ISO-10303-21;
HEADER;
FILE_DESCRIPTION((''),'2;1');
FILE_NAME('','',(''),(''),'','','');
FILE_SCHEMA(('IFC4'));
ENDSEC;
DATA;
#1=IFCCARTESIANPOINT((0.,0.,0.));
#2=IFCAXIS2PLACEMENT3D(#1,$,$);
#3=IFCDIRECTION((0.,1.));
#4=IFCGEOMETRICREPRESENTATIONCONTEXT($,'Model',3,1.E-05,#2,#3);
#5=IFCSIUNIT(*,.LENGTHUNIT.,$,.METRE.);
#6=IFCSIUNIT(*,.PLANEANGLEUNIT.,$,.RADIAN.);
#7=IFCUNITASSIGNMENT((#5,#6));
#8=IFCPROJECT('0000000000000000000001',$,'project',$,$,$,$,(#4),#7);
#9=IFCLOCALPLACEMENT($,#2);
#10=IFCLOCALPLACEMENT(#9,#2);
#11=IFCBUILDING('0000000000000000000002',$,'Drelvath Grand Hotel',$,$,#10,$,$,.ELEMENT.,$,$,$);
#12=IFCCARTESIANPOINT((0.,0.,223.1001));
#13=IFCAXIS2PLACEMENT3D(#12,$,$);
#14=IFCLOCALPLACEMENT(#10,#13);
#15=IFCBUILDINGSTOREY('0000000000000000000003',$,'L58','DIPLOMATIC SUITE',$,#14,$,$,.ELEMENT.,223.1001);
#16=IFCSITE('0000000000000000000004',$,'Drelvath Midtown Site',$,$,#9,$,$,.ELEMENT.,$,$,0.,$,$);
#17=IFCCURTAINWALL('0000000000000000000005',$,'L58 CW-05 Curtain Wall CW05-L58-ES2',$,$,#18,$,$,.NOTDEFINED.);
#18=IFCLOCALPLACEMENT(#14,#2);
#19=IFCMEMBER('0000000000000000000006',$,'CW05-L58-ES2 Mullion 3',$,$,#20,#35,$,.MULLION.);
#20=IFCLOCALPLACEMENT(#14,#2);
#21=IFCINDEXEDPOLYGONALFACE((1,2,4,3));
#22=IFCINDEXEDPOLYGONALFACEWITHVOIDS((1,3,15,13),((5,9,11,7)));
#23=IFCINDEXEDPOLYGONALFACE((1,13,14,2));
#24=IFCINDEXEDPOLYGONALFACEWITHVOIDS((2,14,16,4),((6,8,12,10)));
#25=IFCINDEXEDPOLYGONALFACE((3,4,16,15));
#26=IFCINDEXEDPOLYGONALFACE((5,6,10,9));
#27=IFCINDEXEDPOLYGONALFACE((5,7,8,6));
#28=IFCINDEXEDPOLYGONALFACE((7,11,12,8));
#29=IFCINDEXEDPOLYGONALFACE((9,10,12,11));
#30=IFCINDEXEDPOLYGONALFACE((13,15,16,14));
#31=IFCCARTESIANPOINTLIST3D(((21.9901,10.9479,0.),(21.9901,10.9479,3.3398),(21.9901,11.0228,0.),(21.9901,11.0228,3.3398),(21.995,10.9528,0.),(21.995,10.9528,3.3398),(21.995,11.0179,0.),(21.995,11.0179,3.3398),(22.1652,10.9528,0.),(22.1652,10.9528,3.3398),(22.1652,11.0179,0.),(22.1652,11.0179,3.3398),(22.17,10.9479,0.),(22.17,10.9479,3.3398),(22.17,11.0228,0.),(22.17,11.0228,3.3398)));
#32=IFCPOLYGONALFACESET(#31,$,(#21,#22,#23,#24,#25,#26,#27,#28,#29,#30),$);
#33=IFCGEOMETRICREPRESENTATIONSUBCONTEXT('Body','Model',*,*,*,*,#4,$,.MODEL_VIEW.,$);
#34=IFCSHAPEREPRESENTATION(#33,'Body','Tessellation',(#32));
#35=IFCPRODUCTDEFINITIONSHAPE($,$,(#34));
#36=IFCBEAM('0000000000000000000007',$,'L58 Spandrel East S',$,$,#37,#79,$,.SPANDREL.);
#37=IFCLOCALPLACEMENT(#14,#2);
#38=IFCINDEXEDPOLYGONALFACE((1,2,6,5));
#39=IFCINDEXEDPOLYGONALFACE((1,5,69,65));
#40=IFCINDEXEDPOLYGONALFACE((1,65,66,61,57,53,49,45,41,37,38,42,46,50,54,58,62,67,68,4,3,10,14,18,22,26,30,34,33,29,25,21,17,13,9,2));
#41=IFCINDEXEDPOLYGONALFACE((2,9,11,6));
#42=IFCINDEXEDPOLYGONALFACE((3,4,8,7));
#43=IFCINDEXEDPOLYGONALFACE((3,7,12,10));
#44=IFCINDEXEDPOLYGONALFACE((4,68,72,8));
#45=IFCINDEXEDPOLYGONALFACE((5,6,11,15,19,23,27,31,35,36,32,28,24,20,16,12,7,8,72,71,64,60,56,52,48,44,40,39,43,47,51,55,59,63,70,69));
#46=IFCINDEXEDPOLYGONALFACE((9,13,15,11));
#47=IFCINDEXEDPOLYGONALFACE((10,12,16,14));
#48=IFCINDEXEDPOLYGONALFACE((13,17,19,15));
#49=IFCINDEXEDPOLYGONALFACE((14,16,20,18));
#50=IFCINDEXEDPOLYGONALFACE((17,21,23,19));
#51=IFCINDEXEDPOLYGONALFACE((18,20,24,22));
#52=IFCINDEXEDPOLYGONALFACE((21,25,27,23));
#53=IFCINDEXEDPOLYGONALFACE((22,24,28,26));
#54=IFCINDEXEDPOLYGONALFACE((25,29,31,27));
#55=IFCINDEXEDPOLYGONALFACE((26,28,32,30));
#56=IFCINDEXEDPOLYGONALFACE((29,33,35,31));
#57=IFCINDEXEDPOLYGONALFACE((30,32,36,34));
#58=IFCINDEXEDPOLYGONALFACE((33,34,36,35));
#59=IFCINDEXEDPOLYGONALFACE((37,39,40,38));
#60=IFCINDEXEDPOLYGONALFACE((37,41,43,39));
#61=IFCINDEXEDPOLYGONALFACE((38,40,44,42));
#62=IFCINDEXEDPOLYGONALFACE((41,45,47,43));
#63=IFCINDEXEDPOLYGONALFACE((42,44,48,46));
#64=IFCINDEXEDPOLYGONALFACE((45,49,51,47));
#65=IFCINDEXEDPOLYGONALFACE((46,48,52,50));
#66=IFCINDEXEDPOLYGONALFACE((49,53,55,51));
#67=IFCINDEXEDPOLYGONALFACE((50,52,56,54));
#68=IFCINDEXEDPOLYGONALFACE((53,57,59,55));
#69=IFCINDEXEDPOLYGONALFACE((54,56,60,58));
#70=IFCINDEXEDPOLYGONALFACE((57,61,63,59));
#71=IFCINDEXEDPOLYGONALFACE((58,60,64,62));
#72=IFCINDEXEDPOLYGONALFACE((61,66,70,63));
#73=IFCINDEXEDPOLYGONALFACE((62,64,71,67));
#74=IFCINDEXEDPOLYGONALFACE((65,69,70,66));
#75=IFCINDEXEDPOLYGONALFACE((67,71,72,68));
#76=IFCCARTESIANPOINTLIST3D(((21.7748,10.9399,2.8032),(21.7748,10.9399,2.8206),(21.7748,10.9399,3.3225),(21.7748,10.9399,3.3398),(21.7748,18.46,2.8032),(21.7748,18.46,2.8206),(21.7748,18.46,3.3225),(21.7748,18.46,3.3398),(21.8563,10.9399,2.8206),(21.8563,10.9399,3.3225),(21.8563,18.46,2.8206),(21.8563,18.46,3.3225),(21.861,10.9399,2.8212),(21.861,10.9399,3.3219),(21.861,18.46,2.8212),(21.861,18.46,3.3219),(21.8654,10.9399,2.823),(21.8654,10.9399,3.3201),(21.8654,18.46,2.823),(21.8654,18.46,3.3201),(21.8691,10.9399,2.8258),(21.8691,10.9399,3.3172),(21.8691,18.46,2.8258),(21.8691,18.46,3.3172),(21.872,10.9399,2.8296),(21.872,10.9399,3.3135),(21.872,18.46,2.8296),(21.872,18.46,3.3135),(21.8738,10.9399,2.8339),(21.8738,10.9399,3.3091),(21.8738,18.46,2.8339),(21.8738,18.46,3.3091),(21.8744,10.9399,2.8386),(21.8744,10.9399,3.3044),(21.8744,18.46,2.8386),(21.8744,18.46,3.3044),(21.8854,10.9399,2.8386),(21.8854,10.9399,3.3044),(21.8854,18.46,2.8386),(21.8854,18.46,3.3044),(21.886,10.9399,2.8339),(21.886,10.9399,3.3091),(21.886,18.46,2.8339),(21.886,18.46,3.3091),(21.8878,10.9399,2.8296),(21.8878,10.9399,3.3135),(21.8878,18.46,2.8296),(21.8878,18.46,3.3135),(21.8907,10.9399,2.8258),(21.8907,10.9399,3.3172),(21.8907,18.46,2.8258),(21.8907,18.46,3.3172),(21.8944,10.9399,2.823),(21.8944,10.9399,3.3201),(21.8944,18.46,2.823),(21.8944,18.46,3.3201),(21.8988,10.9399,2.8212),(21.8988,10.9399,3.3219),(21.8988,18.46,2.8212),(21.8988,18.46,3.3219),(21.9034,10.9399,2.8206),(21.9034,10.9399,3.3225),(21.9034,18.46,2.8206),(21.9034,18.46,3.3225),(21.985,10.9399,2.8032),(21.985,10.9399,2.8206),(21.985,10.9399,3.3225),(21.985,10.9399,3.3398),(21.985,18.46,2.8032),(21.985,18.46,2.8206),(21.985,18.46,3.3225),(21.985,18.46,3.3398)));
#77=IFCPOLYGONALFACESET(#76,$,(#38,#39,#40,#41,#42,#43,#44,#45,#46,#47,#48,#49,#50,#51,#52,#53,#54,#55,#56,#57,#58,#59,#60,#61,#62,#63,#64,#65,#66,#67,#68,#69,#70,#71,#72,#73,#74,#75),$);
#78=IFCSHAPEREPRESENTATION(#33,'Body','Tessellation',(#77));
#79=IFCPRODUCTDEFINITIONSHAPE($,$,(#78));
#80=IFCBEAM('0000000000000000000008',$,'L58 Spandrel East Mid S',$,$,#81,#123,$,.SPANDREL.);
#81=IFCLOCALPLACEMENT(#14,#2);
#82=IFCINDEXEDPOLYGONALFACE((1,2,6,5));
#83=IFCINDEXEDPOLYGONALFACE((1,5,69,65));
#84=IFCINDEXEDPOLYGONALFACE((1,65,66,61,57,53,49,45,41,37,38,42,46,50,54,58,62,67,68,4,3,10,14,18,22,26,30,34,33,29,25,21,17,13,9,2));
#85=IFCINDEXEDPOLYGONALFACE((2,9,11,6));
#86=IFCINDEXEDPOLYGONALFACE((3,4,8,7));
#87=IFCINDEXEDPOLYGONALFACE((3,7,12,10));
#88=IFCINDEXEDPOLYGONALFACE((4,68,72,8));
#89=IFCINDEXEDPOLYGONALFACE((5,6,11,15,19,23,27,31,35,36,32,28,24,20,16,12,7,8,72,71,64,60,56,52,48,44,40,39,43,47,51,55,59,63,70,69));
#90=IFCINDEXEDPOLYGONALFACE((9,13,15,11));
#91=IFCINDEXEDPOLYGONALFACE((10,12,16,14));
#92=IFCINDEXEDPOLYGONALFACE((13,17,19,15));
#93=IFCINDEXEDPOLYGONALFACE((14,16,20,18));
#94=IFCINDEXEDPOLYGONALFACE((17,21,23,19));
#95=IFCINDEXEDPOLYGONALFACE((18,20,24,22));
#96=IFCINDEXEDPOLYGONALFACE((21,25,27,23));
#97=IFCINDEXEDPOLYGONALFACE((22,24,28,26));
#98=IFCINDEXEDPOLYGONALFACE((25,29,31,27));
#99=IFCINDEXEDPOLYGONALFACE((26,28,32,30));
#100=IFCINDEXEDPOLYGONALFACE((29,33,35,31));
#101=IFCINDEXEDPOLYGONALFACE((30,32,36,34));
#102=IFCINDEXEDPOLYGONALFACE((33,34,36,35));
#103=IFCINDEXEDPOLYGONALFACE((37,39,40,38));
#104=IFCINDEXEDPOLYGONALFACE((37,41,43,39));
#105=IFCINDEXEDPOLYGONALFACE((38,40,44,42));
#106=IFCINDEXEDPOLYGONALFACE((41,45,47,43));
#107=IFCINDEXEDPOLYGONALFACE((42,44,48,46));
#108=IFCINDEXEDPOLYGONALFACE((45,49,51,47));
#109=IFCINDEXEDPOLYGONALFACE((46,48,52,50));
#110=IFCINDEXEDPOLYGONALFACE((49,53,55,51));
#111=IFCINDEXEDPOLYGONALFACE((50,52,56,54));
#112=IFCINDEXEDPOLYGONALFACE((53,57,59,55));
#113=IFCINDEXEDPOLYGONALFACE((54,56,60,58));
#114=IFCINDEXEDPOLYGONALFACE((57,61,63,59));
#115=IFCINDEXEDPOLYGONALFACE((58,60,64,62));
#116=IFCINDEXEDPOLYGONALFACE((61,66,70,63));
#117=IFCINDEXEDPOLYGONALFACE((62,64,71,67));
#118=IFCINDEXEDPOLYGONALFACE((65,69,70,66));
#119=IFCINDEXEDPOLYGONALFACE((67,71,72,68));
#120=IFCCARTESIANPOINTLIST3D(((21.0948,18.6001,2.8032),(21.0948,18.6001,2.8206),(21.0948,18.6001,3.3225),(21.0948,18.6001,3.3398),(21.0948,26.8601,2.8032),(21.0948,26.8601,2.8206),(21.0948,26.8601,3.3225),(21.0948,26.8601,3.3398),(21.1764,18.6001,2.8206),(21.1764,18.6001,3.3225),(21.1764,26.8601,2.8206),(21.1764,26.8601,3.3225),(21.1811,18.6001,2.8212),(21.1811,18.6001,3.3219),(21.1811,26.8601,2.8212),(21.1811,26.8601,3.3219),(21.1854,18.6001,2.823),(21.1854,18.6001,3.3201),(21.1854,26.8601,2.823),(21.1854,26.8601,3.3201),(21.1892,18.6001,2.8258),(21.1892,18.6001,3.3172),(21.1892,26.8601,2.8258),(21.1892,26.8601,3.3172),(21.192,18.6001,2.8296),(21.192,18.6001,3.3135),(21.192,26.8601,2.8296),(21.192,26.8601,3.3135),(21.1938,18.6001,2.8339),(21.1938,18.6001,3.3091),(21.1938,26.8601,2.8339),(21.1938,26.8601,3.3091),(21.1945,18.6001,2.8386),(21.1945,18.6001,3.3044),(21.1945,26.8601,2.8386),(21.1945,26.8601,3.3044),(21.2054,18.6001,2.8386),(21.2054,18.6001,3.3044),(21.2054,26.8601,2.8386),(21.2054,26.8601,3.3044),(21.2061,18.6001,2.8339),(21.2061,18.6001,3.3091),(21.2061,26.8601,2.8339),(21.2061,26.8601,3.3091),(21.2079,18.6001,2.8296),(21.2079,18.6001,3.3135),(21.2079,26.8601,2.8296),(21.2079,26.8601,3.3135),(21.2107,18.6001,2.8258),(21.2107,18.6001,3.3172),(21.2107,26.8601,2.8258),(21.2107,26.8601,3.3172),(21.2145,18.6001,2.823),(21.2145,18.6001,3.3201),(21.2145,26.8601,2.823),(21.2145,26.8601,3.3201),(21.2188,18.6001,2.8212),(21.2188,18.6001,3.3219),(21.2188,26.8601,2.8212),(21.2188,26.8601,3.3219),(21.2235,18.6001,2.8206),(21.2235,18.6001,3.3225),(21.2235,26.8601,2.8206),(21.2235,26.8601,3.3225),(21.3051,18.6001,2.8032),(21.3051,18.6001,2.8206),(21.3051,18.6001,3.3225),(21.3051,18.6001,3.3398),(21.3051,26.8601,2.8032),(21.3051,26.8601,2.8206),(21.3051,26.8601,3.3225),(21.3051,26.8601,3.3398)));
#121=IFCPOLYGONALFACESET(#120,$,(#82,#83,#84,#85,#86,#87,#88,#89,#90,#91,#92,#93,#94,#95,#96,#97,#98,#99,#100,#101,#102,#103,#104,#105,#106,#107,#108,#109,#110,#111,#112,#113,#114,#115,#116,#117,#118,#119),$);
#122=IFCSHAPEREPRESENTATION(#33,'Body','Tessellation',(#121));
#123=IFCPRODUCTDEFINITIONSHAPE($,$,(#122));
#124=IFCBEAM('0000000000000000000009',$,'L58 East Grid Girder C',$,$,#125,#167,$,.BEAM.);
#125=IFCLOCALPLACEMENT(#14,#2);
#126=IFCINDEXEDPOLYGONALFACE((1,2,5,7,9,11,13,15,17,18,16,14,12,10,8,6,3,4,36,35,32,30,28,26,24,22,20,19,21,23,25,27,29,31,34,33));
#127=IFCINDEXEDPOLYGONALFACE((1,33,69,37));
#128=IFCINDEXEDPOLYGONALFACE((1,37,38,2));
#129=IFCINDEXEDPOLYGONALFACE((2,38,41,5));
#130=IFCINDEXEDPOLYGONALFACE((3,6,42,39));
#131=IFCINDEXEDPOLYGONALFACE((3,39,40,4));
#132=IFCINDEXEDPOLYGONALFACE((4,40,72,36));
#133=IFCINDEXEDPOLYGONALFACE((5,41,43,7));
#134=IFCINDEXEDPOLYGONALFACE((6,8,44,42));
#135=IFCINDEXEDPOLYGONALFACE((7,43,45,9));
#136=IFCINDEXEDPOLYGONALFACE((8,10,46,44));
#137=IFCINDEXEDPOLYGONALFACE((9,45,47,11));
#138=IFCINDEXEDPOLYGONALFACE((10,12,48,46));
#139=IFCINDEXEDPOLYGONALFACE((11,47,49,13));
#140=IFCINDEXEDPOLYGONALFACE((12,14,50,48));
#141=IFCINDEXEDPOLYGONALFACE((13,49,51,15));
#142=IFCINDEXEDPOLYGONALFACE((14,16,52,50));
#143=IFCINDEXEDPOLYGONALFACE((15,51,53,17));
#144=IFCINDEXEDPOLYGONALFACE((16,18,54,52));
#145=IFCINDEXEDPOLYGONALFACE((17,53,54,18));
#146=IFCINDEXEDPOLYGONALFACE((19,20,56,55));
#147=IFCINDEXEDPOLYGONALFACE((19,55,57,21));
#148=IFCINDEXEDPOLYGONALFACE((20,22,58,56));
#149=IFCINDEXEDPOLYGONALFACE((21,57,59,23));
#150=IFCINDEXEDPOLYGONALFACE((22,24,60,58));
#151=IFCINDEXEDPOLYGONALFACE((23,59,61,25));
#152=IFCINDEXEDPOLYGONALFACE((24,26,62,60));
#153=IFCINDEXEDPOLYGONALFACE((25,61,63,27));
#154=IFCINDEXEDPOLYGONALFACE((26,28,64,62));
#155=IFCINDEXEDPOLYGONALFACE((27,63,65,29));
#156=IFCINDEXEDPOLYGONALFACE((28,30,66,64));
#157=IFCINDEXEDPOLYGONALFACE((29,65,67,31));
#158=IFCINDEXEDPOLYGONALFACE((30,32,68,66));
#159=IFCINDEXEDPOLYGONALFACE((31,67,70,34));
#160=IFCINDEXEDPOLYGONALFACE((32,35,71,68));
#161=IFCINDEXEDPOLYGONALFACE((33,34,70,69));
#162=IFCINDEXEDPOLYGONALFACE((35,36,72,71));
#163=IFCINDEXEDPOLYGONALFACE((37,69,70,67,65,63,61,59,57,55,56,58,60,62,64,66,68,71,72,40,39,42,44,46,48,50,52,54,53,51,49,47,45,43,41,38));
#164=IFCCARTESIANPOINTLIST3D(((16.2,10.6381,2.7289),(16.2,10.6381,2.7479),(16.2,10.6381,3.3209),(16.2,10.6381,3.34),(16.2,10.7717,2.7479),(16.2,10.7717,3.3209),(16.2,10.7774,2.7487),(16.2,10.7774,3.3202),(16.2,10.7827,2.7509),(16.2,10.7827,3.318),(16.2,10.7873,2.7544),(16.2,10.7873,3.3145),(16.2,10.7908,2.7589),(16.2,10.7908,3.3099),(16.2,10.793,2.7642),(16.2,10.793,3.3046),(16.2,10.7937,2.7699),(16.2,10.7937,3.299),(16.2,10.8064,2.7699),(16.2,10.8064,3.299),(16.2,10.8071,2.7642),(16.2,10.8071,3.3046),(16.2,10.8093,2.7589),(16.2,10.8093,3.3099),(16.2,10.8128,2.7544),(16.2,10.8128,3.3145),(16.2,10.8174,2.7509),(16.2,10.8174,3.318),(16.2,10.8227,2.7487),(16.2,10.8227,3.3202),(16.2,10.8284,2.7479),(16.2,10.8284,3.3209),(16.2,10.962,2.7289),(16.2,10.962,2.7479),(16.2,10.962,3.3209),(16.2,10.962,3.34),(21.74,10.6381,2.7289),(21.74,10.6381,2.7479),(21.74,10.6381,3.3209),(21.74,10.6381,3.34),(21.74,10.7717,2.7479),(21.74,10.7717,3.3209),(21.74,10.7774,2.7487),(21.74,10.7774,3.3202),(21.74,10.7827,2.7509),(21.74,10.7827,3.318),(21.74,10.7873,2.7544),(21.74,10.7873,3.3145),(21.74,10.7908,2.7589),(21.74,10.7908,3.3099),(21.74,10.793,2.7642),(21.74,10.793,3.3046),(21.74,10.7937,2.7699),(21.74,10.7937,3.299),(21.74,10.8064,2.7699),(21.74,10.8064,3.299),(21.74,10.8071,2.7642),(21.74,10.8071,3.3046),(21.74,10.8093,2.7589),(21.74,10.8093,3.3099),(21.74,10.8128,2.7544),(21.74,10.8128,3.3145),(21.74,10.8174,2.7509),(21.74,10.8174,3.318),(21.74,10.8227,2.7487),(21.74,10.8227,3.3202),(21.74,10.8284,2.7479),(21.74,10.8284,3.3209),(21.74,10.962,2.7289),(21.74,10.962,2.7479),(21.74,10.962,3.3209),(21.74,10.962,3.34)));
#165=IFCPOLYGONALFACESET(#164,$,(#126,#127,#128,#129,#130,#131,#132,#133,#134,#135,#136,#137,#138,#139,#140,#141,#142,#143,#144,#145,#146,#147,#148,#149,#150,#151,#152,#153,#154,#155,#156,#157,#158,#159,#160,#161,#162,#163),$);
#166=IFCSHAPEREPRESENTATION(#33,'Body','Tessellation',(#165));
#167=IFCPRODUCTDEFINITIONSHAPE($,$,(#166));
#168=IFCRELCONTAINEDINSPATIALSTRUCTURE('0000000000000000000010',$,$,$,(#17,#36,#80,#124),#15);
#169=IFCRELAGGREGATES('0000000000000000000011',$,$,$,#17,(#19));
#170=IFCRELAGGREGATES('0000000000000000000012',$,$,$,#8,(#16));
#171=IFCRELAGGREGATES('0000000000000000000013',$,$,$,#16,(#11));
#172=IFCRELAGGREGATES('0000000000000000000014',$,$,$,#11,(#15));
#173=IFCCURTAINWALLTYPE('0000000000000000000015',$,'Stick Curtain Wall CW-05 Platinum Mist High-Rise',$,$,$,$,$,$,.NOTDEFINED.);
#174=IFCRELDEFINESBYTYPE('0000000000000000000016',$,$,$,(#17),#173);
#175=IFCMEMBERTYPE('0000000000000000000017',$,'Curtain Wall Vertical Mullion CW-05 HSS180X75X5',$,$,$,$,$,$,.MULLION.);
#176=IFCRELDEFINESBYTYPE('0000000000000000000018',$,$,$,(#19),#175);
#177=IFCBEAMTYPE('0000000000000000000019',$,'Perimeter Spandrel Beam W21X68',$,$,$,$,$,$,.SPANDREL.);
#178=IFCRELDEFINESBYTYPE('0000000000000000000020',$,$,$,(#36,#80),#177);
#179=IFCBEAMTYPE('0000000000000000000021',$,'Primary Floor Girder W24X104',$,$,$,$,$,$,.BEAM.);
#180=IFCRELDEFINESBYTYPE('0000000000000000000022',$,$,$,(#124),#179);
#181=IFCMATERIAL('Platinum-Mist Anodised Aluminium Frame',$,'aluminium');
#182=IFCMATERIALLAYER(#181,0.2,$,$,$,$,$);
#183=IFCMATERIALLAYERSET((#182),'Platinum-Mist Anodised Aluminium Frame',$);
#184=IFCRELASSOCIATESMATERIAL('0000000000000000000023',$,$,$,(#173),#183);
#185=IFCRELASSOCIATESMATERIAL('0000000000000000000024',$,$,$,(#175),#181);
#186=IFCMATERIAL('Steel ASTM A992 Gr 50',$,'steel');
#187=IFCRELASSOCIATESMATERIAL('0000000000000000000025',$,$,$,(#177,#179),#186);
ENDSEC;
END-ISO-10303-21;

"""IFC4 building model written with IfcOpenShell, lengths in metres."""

from ifc_helpers import new_model, si_unit, direction, frame, origin, origin_2d, place, context, subcontext, project, spatial, hollow_rectangle, i_section, extrude, material, layer, layer_set, material_profile, profile_set, type_object, element, aggregate, save


model = new_model("IFC4")

# Units and contexts
model_context = context("Model", 3, precision=1e-05, world=origin(), true_north=direction((0.0, 1.0)))
body_context = subcontext(model_context, "Body", "Model", "MODEL_VIEW")
ifc_project = project(units=[si_unit("LENGTHUNIT", "METRE"), si_unit("PLANEANGLEUNIT", "RADIAN")], contexts=[model_context])

# Site, building, storey
site_placement = place(None, origin())
site = spatial("IfcSite", under=ifc_project, at=site_placement, Name="Drelvath Midtown Site", CompositionType="ELEMENT", RefElevation=0.0)
building_placement = place(site_placement, origin())
building = spatial("IfcBuilding", under=site, at=building_placement, Name="Drelvath Grand Hotel", CompositionType="ELEMENT")
storey_placement = place(building_placement, frame((0.0, 0.0, 223.1001)))
storey = spatial("IfcBuildingStorey", under=building, at=storey_placement, Name="L58", Description="DIPLOMATIC SUITE", CompositionType="ELEMENT", Elevation=223.1001)

# Curtain wall
ifc_material_1 = material(Name="Platinum-Mist Anodised Aluminium Frame", Category="aluminium")
ifc_layer_1 = layer(ifc_material_1, 0.2)
ifc_layer_set_1 = layer_set([ifc_layer_1], Name="Platinum-Mist Anodised Aluminium Frame")
curtain_wall_type = type_object("IfcCurtainWallType", Name="Stick Curtain Wall CW-05 Platinum Mist High-Rise", PredefinedType="NOTDEFINED", material=ifc_layer_set_1)
curtain_wall_1_placement = place(storey_placement, origin())
curtain_wall_1 = element("IfcCurtainWall", 1, at=curtain_wall_1_placement, inside=storey, type_object=curtain_wall_type, Name="L58 CW-05 Curtain Wall CW05-L58-ES2", PredefinedType="NOTDEFINED")

# Shared definitions
ifc_material_profile_1 = material_profile(ifc_material_1, hollow_rectangle(XDim=0.075, YDim=0.1799, WallThickness=0.0049, at=origin_2d()), Name="HSS180X75X5")
ifc_profile_set_1 = profile_set([ifc_material_profile_1], Name="Platinum-Mist Anodised Aluminium Frame")
member_type_1 = type_object("IfcMemberType", Name="Curtain Wall Vertical Mullion CW-05 HSS180X75X5", PredefinedType="MULLION", material=ifc_profile_set_1)

# Member
member_1_placement = place(storey_placement, frame((22.0801, 10.9854, 0.0), z_axis=(0.0, 0.0, 1.0), x_axis=(0.0, 1.0, 0.0)))
member_1 = element("IfcMember", 2, at=member_1_placement, type_object=member_type_1, Name="CW05-L58-ES2 Mullion 3", PredefinedType="MULLION", context=body_context, shape_type="SweptSolid", body=[
    extrude(hollow_rectangle(XDim=0.075, YDim=0.1799, WallThickness=0.0049, at=origin_2d()), origin(), (0.0, 0.0, 1.0), 3.3398),
])

# Beams
ifc_material_2 = material(Name="Steel ASTM A992 Gr 50", Category="steel")
ifc_material_profile_2 = material_profile(ifc_material_2, i_section(OverallWidth=0.2102, OverallDepth=0.5366, WebThickness=0.011, FlangeThickness=0.0173, FilletRadius=0.0181, at=origin_2d()), Name="W21X68")
ifc_profile_set_2 = profile_set([ifc_material_profile_2], Name="Steel ASTM A992 Gr 50")
beam_type_1 = type_object("IfcBeamType", Name="Perimeter Spandrel Beam W21X68", PredefinedType="SPANDREL", material=ifc_profile_set_2)
beam_1_placement = place(storey_placement, frame((21.8799, 10.9399, 3.0715), z_axis=(0.0, 1.0, 0.0), x_axis=(-1.0, 0.0, 0.0)))
element("IfcBeam", 3, at=beam_1_placement, inside=storey, type_object=beam_type_1, Name="L58 Spandrel East S", PredefinedType="SPANDREL", context=body_context, shape_type="SweptSolid", body=[
    extrude(i_section(OverallWidth=0.2102, OverallDepth=0.5366, WebThickness=0.011, FlangeThickness=0.0173, FilletRadius=0.0181, at=origin_2d()), origin(), (0.0, 0.0, 1.0), 7.52),
])
beam_2_placement = place(storey_placement, frame((21.2, 18.6001, 3.0715), z_axis=(0.0, 1.0, 0.0), x_axis=(-1.0, 0.0, 0.0)))
element("IfcBeam", 4, at=beam_2_placement, inside=storey, type_object=beam_type_1, Name="L58 Spandrel East Mid S", PredefinedType="SPANDREL", context=body_context, shape_type="SweptSolid", body=[
    extrude(i_section(OverallWidth=0.2102, OverallDepth=0.5366, WebThickness=0.011, FlangeThickness=0.0173, FilletRadius=0.0181, at=origin_2d()), origin(), (0.0, 0.0, 1.0), 8.26),
])
ifc_material_profile_3 = material_profile(ifc_material_2, i_section(OverallWidth=0.324, OverallDepth=0.6111, WebThickness=0.0127, FlangeThickness=0.019, FilletRadius=0.022, at=origin_2d()), Name="W24X104")
ifc_profile_set_3 = profile_set([ifc_material_profile_3], Name="Steel ASTM A992 Gr 50")
beam_type_2 = type_object("IfcBeamType", Name="Primary Floor Girder W24X104", PredefinedType="BEAM", material=ifc_profile_set_3)
beam_3_placement = place(storey_placement, frame((16.2, 10.8, 3.0344), z_axis=(1.0, 0.0, 0.0), x_axis=(0.0, 1.0, 0.0)))
element("IfcBeam", 5, at=beam_3_placement, inside=storey, type_object=beam_type_2, Name="L58 East Grid Girder C", PredefinedType="BEAM", context=body_context, shape_type="SweptSolid", body=[
    extrude(i_section(OverallWidth=0.324, OverallDepth=0.6111, WebThickness=0.0127, FlangeThickness=0.019, FilletRadius=0.022, at=origin_2d()), origin(), (0.0, 0.0, 1.0), 5.54),
])

aggregate(curtain_wall_1, [member_1])

save(model, "model.ifc")
